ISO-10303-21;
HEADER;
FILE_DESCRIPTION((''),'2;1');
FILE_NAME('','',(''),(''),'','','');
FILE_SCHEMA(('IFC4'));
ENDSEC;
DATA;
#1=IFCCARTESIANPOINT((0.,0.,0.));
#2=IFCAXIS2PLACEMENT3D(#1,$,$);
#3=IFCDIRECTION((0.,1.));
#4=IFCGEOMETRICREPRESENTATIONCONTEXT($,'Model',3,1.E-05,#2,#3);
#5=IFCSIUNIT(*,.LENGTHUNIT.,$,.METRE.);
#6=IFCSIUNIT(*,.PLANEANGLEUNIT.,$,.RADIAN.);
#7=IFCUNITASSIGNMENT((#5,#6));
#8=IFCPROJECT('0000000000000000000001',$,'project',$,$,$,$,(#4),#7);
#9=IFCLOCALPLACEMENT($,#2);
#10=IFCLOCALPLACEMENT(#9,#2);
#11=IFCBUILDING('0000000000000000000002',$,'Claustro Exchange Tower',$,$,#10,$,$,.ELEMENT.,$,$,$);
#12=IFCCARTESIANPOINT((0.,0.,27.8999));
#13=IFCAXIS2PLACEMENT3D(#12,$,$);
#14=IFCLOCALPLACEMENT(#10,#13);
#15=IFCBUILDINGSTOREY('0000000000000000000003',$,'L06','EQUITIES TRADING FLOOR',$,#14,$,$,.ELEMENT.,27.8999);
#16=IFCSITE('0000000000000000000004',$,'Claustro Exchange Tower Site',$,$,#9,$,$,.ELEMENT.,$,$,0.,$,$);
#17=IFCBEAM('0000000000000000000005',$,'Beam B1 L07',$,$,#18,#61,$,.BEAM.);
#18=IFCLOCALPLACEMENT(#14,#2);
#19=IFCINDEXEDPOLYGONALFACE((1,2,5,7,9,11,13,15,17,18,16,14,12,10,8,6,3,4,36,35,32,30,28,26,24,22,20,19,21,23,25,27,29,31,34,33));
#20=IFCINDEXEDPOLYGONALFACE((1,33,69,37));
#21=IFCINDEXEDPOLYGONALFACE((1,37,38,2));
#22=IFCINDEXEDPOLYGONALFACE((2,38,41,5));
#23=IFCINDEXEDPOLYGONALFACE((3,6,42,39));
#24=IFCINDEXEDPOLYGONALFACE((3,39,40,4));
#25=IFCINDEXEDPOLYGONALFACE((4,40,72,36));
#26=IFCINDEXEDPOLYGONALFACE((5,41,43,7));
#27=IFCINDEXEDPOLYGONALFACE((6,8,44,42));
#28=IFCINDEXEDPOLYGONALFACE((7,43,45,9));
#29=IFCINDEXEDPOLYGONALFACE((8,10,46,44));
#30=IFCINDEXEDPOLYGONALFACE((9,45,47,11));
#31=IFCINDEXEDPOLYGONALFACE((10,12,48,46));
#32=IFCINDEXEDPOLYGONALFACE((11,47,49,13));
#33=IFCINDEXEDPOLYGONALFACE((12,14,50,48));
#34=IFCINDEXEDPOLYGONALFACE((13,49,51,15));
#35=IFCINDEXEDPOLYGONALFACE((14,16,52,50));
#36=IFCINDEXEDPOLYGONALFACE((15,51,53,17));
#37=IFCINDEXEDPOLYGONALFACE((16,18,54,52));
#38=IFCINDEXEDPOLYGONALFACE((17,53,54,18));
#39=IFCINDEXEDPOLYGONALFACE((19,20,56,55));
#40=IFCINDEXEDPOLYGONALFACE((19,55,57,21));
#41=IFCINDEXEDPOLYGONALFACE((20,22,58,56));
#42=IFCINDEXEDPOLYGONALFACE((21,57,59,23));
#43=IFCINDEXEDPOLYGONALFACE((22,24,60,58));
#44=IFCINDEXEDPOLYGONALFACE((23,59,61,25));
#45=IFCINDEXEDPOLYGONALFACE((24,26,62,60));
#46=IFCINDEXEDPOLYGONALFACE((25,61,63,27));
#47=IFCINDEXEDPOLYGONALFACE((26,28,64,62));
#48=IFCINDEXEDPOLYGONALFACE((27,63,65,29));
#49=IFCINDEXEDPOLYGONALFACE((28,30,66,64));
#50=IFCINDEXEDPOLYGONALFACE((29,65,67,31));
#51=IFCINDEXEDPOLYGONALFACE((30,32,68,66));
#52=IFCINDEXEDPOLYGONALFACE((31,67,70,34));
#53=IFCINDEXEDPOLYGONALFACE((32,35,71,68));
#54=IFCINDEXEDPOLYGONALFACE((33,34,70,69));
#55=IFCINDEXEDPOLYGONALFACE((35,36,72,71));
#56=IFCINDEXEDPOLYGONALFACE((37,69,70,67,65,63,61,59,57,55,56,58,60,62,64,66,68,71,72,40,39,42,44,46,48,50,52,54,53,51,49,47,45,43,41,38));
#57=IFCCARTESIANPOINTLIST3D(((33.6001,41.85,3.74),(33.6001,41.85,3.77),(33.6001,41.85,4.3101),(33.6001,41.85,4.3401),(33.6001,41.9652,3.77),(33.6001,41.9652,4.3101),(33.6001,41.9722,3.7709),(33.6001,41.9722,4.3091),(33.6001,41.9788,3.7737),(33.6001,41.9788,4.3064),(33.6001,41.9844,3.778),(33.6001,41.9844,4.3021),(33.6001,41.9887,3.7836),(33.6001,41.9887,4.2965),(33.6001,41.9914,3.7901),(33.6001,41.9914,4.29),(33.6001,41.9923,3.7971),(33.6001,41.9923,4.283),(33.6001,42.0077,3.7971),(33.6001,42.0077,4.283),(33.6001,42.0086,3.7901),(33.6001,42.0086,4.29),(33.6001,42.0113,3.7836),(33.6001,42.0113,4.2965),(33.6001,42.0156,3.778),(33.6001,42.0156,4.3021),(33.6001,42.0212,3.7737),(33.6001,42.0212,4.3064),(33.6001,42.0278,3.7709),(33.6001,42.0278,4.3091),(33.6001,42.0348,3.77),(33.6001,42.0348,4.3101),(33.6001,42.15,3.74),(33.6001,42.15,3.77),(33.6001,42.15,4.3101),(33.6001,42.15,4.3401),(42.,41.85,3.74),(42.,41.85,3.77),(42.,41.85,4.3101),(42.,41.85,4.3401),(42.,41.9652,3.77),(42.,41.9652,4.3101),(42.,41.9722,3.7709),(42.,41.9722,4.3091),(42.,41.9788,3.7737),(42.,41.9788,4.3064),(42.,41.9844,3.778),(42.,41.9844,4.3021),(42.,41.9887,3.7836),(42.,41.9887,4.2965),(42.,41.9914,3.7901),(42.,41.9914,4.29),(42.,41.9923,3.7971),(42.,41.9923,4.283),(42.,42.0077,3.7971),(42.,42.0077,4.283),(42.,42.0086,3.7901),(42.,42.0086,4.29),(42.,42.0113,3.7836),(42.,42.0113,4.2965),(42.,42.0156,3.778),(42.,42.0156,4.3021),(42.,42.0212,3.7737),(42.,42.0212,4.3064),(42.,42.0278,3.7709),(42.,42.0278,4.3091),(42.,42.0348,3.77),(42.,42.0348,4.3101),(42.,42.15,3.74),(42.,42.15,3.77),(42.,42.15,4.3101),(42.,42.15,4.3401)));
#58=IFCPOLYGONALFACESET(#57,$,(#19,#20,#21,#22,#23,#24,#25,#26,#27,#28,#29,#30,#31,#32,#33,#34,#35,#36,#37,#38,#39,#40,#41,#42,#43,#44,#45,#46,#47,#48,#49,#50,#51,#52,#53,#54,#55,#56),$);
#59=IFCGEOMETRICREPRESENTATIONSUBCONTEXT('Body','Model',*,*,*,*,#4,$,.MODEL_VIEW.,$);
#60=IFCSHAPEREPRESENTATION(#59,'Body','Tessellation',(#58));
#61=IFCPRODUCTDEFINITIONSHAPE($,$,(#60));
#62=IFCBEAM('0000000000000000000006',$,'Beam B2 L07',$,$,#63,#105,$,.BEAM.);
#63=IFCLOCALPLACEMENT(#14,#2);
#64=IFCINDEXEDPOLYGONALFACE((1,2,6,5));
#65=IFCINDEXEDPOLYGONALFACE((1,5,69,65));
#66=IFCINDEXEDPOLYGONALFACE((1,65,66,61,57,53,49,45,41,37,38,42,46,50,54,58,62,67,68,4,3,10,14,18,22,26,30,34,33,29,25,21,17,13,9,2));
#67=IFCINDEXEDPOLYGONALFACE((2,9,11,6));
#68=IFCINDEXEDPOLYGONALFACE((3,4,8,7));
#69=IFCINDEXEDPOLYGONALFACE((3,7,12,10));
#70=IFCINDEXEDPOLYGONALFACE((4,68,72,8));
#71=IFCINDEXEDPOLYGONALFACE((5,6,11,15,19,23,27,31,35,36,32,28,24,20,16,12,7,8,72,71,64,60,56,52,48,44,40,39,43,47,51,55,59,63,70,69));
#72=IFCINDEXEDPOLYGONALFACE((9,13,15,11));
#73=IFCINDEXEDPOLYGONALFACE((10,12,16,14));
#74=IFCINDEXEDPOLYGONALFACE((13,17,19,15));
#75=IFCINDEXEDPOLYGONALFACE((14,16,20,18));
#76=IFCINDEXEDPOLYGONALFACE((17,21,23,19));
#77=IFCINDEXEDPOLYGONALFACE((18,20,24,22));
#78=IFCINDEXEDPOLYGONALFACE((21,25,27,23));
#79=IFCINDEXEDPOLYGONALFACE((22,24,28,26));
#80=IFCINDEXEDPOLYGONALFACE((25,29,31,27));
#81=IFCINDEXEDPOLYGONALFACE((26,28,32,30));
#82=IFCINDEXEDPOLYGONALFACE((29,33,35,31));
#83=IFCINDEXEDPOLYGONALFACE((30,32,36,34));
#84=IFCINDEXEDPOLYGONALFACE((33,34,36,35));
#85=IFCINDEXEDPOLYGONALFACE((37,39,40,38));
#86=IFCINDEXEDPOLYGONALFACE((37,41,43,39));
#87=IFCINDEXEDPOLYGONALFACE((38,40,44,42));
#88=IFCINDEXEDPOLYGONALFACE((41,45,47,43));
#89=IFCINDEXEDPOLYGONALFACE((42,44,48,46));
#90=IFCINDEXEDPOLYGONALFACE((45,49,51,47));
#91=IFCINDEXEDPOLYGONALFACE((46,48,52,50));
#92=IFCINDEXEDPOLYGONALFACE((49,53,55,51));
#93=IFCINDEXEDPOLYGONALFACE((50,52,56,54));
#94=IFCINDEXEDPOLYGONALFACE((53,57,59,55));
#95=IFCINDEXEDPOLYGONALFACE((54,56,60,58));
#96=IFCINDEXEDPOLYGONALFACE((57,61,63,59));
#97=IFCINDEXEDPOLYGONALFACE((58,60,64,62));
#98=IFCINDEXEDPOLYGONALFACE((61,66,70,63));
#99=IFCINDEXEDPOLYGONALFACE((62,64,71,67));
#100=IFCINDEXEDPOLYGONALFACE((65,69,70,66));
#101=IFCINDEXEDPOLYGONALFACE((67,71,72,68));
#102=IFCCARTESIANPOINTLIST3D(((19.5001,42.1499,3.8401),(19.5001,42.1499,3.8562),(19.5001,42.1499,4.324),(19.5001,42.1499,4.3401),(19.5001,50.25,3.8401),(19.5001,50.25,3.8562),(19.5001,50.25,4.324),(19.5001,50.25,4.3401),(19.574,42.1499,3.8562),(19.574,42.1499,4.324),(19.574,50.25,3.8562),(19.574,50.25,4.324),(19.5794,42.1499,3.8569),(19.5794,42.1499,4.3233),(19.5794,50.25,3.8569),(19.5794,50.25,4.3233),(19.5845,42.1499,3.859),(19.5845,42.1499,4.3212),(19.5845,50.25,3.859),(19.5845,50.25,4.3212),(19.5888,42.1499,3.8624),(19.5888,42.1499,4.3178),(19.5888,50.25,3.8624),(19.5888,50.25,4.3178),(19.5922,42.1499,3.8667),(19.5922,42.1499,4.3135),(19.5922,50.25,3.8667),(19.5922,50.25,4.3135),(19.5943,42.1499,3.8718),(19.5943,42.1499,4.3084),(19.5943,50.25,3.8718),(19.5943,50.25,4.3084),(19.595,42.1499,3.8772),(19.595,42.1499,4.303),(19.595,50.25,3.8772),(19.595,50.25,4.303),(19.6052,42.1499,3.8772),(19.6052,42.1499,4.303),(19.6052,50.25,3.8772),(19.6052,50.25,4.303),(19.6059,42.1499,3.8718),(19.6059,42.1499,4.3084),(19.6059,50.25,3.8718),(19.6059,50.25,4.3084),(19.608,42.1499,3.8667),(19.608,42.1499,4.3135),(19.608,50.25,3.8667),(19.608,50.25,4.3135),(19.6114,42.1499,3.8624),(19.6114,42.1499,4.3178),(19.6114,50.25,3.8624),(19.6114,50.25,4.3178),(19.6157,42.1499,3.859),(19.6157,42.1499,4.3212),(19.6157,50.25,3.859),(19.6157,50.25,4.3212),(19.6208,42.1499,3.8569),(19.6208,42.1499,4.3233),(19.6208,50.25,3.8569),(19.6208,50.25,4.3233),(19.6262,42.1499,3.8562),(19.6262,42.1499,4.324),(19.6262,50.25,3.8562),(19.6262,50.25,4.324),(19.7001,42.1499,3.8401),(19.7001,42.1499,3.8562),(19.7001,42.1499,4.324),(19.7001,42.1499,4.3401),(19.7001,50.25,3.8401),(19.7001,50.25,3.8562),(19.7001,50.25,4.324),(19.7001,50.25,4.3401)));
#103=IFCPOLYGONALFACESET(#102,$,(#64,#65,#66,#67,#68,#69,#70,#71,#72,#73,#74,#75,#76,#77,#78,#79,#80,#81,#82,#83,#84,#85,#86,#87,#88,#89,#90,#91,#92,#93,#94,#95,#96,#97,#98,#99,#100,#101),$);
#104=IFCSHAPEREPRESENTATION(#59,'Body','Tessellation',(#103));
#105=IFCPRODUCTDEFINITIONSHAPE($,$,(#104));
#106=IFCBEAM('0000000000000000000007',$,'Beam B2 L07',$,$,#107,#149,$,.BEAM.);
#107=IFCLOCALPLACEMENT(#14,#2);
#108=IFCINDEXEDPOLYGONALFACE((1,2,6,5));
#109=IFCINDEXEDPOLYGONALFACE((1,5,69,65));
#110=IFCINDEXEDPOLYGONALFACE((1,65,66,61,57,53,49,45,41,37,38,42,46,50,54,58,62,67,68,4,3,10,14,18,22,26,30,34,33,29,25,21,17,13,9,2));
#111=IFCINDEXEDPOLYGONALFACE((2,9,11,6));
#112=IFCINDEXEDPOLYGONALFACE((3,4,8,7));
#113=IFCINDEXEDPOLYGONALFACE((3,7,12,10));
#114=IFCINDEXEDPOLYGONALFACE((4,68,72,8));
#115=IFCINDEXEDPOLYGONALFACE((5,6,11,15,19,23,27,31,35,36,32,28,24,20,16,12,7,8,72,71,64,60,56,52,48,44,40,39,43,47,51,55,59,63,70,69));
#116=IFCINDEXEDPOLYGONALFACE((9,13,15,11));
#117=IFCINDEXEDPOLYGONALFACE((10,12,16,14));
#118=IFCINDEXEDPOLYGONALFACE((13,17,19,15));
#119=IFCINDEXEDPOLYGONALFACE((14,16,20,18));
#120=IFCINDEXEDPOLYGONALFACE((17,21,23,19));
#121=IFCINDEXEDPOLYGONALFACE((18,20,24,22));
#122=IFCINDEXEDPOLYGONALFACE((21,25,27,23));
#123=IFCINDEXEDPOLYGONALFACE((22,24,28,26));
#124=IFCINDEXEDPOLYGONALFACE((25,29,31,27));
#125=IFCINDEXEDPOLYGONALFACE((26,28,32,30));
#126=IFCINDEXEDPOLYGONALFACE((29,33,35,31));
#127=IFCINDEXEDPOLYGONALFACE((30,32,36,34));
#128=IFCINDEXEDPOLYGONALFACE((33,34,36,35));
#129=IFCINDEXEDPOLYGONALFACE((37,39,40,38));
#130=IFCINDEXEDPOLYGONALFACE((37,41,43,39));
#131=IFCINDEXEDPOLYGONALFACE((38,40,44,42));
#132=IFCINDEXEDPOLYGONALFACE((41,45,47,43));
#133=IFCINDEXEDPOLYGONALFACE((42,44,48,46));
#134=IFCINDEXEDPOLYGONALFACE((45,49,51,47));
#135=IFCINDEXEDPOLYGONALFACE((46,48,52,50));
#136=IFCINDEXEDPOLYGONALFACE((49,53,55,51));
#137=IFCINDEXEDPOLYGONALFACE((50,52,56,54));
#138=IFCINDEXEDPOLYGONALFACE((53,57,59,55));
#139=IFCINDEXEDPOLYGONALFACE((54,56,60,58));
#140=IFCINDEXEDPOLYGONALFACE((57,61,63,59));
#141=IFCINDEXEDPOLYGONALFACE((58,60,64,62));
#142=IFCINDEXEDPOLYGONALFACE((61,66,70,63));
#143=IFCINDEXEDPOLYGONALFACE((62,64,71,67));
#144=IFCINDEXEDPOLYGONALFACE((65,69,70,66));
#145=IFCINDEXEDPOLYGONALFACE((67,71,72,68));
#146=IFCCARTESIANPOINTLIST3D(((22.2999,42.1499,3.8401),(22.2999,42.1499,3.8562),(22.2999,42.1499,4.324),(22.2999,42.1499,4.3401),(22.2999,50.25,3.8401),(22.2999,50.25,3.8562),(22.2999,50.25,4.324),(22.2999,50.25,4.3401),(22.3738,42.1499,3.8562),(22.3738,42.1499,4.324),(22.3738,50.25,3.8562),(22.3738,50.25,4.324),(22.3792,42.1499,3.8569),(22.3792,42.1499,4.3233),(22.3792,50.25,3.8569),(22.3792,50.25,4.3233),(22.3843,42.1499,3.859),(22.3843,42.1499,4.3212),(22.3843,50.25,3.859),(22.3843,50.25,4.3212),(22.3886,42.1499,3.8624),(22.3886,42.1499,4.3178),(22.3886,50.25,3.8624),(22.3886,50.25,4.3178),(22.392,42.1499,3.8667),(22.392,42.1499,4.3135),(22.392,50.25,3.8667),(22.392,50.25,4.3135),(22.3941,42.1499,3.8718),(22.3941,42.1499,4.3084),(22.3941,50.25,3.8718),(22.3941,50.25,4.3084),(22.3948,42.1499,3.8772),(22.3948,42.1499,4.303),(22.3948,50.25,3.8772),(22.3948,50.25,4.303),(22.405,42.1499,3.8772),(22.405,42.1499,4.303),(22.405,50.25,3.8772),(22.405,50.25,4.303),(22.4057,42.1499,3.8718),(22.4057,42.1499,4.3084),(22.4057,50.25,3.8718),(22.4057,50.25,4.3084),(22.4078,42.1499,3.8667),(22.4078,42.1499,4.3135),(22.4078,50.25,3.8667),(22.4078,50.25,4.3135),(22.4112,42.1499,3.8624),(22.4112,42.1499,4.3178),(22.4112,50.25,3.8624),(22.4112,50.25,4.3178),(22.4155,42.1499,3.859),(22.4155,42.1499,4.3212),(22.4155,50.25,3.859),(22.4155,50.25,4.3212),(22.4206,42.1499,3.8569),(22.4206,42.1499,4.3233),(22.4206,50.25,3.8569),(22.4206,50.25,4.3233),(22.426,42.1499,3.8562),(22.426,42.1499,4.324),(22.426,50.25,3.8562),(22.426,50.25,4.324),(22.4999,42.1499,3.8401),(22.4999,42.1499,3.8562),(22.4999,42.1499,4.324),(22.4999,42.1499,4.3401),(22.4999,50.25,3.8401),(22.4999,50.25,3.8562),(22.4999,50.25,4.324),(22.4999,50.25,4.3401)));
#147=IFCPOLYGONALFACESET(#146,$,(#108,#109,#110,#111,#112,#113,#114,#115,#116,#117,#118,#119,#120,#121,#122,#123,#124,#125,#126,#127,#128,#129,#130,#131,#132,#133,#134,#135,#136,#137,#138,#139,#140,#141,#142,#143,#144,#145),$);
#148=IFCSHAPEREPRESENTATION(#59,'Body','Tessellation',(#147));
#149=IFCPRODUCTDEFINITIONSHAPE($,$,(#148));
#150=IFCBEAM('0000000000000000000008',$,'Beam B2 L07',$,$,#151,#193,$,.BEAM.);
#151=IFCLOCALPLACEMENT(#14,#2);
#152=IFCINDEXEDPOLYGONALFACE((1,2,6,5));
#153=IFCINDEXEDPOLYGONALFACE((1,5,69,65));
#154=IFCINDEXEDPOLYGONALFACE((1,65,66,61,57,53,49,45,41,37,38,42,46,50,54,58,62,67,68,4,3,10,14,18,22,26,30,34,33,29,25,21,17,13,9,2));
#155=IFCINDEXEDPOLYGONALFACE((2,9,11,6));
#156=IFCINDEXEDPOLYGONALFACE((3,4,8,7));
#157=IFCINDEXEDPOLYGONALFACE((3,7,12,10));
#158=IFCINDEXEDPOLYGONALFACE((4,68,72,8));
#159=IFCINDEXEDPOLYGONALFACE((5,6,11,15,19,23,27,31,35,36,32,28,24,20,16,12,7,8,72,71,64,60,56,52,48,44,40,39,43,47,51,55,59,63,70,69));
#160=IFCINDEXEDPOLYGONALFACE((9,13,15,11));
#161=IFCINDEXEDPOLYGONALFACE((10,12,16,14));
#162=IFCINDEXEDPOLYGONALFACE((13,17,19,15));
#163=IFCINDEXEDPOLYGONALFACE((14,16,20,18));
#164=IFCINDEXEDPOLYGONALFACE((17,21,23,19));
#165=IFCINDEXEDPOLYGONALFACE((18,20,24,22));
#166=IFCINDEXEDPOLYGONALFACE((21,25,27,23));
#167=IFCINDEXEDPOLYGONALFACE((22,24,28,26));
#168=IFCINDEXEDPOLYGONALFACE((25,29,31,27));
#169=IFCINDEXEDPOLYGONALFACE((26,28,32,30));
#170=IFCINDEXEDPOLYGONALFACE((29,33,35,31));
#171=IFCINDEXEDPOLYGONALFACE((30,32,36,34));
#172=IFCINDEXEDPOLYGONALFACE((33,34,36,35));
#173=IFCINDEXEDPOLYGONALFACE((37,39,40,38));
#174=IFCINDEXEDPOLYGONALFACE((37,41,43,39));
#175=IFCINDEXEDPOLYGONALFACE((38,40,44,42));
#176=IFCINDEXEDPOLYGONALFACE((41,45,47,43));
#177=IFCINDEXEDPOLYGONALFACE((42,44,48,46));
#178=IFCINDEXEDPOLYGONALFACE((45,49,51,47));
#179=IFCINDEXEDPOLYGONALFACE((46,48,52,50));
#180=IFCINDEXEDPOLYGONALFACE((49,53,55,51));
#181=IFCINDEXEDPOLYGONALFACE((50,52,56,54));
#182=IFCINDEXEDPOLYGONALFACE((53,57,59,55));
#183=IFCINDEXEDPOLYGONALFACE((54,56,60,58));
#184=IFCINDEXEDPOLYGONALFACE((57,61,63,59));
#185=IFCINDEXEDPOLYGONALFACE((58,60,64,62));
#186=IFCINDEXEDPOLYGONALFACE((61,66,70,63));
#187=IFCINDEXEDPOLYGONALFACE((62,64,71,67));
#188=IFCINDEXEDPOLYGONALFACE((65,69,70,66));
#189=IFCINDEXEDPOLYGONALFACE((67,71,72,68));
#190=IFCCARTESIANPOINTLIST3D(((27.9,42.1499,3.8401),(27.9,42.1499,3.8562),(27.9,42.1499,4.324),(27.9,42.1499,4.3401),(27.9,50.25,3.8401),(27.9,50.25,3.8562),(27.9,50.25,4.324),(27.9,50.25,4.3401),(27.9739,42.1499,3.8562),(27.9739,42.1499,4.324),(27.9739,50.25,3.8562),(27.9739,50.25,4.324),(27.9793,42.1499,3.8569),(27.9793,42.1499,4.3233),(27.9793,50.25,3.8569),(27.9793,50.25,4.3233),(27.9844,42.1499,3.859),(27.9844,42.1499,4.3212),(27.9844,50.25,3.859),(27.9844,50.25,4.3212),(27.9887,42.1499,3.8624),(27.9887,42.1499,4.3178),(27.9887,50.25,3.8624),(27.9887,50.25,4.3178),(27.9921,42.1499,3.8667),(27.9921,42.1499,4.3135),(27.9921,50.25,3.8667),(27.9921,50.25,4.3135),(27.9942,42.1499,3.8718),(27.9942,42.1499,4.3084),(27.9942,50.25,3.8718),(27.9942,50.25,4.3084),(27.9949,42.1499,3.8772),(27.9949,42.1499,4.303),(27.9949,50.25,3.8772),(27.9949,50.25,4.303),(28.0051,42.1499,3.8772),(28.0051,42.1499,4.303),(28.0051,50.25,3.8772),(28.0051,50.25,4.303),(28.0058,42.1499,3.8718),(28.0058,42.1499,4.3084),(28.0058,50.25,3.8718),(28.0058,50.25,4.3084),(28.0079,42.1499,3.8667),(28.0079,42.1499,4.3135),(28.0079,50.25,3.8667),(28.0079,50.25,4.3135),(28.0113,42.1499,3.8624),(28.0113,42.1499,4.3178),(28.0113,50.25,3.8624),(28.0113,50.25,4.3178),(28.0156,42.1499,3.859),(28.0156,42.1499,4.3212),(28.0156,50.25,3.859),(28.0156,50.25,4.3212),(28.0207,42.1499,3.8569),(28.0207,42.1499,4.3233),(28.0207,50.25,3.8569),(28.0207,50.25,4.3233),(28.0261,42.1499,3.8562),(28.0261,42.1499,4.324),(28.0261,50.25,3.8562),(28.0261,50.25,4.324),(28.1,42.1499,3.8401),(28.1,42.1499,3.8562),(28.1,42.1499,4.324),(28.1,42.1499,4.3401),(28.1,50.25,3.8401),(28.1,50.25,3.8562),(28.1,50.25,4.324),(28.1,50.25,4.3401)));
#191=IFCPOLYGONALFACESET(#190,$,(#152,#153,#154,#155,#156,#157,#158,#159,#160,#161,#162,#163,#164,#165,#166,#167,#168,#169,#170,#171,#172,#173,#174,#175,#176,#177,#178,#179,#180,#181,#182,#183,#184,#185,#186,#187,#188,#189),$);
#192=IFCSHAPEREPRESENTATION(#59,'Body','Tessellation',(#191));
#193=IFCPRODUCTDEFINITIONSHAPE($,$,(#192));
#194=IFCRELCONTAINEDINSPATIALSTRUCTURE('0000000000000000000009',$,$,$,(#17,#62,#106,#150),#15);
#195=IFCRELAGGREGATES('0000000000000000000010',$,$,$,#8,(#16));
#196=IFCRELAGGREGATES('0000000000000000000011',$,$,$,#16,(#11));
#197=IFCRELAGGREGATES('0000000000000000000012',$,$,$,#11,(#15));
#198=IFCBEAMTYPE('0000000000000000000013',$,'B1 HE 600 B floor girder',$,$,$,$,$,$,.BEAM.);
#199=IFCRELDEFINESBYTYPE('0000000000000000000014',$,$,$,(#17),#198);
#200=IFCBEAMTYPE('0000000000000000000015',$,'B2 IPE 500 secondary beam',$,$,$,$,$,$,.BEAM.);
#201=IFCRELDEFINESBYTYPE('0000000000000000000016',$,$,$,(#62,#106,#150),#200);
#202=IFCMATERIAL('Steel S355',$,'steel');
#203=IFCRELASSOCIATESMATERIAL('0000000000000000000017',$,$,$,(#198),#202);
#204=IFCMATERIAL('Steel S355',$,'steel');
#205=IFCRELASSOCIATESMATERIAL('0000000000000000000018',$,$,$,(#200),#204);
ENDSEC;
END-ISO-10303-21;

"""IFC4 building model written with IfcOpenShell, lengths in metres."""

from ifc_helpers import new_model, si_unit, direction, frame, origin, origin_2d, place, context, subcontext, project, spatial, i_section, extrude, material, material_profile, profile_set, type_object, element, save


model = new_model("IFC4")

# Units and contexts
model_context = context("Model", 3, precision=1e-05, world=origin(), true_north=direction((0.0, 1.0)))
body_context = subcontext(model_context, "Body", "Model", "MODEL_VIEW")
ifc_project = project(units=[si_unit("LENGTHUNIT", "METRE"), si_unit("PLANEANGLEUNIT", "RADIAN")], contexts=[model_context])

# Site, building, storey
site_placement = place(None, origin())
site = spatial("IfcSite", under=ifc_project, at=site_placement, Name="Claustro Exchange Tower Site", CompositionType="ELEMENT", RefElevation=0.0)
building_placement = place(site_placement, origin())
building = spatial("IfcBuilding", under=site, at=building_placement, Name="Claustro Exchange Tower", CompositionType="ELEMENT")
storey_placement = place(building_placement, frame((0.0, 0.0, 27.8999)))
storey = spatial("IfcBuildingStorey", under=building, at=storey_placement, Name="L06", Description="EQUITIES TRADING FLOOR", CompositionType="ELEMENT", Elevation=27.8999)

# Beams
ifc_material_1 = material(Name="Steel S355", Category="steel")
ifc_material_profile_1 = material_profile(ifc_material_1, i_section(OverallWidth=0.3, OverallDepth=0.6001, WebThickness=0.0154, FlangeThickness=0.03, FilletRadius=0.0271, at=origin_2d()), Name="HE 600 B")
ifc_profile_set_1 = profile_set([ifc_material_profile_1], Name="Steel S355")
beam_type_1 = type_object("IfcBeamType", Name="B1 HE 600 B floor girder", PredefinedType="BEAM", material=ifc_profile_set_1)
beam_1_placement = place(storey_placement, frame((33.6001, 42.0, 4.04), z_axis=(1.0, 0.0, 0.0), x_axis=(0.0, 1.0, 0.0)))
element("IfcBeam", 1, at=beam_1_placement, inside=storey, type_object=beam_type_1, Name="Beam B1 L07", PredefinedType="BEAM", context=body_context, shape_type="SweptSolid", body=[
    extrude(i_section(OverallWidth=0.3, OverallDepth=0.6001, WebThickness=0.0154, FlangeThickness=0.03, FilletRadius=0.0271, at=origin_2d()), origin(), (0.0, 0.0, 1.0), 8.3999),
])
ifc_material_2 = material(Name="Steel S355", Category="steel")
ifc_material_profile_2 = material_profile(ifc_material_2, i_section(OverallWidth=0.2, OverallDepth=0.5, WebThickness=0.0103, FlangeThickness=0.0161, FilletRadius=0.021, at=origin_2d()), Name="IPE 500")
ifc_profile_set_2 = profile_set([ifc_material_profile_2], Name="Steel S355")
beam_type_2 = type_object("IfcBeamType", Name="B2 IPE 500 secondary beam", PredefinedType="BEAM", material=ifc_profile_set_2)
for number, where, z_axis, x_axis, name in (
    (2, (19.6001, 42.1499, 4.0901), (0.0, 1.0, 0.0), (-1.0, 0.0, 0.0), "Beam B2 L07"),
    (3, (22.3999, 42.1499, 4.0901), (0.0, 1.0, 0.0), (-1.0, 0.0, 0.0), "Beam B2 L07"),
    (4, (28.0, 42.1499, 4.0901), (0.0, 1.0, 0.0), (-1.0, 0.0, 0.0), "Beam B2 L07"),
):
    element("IfcBeam", number, at=place(storey_placement, frame(where, z_axis=z_axis, x_axis=x_axis)), inside=storey, type_object=beam_type_2, Name=name, PredefinedType="BEAM", context=body_context, shape_type="SweptSolid", body=[
        extrude(i_section(OverallWidth=0.2, OverallDepth=0.5, WebThickness=0.0103, FlangeThickness=0.0161, FilletRadius=0.021, at=origin_2d()), origin(), (0.0, 0.0, 1.0), 8.1001),
    ])

save(model, "model.ifc")
